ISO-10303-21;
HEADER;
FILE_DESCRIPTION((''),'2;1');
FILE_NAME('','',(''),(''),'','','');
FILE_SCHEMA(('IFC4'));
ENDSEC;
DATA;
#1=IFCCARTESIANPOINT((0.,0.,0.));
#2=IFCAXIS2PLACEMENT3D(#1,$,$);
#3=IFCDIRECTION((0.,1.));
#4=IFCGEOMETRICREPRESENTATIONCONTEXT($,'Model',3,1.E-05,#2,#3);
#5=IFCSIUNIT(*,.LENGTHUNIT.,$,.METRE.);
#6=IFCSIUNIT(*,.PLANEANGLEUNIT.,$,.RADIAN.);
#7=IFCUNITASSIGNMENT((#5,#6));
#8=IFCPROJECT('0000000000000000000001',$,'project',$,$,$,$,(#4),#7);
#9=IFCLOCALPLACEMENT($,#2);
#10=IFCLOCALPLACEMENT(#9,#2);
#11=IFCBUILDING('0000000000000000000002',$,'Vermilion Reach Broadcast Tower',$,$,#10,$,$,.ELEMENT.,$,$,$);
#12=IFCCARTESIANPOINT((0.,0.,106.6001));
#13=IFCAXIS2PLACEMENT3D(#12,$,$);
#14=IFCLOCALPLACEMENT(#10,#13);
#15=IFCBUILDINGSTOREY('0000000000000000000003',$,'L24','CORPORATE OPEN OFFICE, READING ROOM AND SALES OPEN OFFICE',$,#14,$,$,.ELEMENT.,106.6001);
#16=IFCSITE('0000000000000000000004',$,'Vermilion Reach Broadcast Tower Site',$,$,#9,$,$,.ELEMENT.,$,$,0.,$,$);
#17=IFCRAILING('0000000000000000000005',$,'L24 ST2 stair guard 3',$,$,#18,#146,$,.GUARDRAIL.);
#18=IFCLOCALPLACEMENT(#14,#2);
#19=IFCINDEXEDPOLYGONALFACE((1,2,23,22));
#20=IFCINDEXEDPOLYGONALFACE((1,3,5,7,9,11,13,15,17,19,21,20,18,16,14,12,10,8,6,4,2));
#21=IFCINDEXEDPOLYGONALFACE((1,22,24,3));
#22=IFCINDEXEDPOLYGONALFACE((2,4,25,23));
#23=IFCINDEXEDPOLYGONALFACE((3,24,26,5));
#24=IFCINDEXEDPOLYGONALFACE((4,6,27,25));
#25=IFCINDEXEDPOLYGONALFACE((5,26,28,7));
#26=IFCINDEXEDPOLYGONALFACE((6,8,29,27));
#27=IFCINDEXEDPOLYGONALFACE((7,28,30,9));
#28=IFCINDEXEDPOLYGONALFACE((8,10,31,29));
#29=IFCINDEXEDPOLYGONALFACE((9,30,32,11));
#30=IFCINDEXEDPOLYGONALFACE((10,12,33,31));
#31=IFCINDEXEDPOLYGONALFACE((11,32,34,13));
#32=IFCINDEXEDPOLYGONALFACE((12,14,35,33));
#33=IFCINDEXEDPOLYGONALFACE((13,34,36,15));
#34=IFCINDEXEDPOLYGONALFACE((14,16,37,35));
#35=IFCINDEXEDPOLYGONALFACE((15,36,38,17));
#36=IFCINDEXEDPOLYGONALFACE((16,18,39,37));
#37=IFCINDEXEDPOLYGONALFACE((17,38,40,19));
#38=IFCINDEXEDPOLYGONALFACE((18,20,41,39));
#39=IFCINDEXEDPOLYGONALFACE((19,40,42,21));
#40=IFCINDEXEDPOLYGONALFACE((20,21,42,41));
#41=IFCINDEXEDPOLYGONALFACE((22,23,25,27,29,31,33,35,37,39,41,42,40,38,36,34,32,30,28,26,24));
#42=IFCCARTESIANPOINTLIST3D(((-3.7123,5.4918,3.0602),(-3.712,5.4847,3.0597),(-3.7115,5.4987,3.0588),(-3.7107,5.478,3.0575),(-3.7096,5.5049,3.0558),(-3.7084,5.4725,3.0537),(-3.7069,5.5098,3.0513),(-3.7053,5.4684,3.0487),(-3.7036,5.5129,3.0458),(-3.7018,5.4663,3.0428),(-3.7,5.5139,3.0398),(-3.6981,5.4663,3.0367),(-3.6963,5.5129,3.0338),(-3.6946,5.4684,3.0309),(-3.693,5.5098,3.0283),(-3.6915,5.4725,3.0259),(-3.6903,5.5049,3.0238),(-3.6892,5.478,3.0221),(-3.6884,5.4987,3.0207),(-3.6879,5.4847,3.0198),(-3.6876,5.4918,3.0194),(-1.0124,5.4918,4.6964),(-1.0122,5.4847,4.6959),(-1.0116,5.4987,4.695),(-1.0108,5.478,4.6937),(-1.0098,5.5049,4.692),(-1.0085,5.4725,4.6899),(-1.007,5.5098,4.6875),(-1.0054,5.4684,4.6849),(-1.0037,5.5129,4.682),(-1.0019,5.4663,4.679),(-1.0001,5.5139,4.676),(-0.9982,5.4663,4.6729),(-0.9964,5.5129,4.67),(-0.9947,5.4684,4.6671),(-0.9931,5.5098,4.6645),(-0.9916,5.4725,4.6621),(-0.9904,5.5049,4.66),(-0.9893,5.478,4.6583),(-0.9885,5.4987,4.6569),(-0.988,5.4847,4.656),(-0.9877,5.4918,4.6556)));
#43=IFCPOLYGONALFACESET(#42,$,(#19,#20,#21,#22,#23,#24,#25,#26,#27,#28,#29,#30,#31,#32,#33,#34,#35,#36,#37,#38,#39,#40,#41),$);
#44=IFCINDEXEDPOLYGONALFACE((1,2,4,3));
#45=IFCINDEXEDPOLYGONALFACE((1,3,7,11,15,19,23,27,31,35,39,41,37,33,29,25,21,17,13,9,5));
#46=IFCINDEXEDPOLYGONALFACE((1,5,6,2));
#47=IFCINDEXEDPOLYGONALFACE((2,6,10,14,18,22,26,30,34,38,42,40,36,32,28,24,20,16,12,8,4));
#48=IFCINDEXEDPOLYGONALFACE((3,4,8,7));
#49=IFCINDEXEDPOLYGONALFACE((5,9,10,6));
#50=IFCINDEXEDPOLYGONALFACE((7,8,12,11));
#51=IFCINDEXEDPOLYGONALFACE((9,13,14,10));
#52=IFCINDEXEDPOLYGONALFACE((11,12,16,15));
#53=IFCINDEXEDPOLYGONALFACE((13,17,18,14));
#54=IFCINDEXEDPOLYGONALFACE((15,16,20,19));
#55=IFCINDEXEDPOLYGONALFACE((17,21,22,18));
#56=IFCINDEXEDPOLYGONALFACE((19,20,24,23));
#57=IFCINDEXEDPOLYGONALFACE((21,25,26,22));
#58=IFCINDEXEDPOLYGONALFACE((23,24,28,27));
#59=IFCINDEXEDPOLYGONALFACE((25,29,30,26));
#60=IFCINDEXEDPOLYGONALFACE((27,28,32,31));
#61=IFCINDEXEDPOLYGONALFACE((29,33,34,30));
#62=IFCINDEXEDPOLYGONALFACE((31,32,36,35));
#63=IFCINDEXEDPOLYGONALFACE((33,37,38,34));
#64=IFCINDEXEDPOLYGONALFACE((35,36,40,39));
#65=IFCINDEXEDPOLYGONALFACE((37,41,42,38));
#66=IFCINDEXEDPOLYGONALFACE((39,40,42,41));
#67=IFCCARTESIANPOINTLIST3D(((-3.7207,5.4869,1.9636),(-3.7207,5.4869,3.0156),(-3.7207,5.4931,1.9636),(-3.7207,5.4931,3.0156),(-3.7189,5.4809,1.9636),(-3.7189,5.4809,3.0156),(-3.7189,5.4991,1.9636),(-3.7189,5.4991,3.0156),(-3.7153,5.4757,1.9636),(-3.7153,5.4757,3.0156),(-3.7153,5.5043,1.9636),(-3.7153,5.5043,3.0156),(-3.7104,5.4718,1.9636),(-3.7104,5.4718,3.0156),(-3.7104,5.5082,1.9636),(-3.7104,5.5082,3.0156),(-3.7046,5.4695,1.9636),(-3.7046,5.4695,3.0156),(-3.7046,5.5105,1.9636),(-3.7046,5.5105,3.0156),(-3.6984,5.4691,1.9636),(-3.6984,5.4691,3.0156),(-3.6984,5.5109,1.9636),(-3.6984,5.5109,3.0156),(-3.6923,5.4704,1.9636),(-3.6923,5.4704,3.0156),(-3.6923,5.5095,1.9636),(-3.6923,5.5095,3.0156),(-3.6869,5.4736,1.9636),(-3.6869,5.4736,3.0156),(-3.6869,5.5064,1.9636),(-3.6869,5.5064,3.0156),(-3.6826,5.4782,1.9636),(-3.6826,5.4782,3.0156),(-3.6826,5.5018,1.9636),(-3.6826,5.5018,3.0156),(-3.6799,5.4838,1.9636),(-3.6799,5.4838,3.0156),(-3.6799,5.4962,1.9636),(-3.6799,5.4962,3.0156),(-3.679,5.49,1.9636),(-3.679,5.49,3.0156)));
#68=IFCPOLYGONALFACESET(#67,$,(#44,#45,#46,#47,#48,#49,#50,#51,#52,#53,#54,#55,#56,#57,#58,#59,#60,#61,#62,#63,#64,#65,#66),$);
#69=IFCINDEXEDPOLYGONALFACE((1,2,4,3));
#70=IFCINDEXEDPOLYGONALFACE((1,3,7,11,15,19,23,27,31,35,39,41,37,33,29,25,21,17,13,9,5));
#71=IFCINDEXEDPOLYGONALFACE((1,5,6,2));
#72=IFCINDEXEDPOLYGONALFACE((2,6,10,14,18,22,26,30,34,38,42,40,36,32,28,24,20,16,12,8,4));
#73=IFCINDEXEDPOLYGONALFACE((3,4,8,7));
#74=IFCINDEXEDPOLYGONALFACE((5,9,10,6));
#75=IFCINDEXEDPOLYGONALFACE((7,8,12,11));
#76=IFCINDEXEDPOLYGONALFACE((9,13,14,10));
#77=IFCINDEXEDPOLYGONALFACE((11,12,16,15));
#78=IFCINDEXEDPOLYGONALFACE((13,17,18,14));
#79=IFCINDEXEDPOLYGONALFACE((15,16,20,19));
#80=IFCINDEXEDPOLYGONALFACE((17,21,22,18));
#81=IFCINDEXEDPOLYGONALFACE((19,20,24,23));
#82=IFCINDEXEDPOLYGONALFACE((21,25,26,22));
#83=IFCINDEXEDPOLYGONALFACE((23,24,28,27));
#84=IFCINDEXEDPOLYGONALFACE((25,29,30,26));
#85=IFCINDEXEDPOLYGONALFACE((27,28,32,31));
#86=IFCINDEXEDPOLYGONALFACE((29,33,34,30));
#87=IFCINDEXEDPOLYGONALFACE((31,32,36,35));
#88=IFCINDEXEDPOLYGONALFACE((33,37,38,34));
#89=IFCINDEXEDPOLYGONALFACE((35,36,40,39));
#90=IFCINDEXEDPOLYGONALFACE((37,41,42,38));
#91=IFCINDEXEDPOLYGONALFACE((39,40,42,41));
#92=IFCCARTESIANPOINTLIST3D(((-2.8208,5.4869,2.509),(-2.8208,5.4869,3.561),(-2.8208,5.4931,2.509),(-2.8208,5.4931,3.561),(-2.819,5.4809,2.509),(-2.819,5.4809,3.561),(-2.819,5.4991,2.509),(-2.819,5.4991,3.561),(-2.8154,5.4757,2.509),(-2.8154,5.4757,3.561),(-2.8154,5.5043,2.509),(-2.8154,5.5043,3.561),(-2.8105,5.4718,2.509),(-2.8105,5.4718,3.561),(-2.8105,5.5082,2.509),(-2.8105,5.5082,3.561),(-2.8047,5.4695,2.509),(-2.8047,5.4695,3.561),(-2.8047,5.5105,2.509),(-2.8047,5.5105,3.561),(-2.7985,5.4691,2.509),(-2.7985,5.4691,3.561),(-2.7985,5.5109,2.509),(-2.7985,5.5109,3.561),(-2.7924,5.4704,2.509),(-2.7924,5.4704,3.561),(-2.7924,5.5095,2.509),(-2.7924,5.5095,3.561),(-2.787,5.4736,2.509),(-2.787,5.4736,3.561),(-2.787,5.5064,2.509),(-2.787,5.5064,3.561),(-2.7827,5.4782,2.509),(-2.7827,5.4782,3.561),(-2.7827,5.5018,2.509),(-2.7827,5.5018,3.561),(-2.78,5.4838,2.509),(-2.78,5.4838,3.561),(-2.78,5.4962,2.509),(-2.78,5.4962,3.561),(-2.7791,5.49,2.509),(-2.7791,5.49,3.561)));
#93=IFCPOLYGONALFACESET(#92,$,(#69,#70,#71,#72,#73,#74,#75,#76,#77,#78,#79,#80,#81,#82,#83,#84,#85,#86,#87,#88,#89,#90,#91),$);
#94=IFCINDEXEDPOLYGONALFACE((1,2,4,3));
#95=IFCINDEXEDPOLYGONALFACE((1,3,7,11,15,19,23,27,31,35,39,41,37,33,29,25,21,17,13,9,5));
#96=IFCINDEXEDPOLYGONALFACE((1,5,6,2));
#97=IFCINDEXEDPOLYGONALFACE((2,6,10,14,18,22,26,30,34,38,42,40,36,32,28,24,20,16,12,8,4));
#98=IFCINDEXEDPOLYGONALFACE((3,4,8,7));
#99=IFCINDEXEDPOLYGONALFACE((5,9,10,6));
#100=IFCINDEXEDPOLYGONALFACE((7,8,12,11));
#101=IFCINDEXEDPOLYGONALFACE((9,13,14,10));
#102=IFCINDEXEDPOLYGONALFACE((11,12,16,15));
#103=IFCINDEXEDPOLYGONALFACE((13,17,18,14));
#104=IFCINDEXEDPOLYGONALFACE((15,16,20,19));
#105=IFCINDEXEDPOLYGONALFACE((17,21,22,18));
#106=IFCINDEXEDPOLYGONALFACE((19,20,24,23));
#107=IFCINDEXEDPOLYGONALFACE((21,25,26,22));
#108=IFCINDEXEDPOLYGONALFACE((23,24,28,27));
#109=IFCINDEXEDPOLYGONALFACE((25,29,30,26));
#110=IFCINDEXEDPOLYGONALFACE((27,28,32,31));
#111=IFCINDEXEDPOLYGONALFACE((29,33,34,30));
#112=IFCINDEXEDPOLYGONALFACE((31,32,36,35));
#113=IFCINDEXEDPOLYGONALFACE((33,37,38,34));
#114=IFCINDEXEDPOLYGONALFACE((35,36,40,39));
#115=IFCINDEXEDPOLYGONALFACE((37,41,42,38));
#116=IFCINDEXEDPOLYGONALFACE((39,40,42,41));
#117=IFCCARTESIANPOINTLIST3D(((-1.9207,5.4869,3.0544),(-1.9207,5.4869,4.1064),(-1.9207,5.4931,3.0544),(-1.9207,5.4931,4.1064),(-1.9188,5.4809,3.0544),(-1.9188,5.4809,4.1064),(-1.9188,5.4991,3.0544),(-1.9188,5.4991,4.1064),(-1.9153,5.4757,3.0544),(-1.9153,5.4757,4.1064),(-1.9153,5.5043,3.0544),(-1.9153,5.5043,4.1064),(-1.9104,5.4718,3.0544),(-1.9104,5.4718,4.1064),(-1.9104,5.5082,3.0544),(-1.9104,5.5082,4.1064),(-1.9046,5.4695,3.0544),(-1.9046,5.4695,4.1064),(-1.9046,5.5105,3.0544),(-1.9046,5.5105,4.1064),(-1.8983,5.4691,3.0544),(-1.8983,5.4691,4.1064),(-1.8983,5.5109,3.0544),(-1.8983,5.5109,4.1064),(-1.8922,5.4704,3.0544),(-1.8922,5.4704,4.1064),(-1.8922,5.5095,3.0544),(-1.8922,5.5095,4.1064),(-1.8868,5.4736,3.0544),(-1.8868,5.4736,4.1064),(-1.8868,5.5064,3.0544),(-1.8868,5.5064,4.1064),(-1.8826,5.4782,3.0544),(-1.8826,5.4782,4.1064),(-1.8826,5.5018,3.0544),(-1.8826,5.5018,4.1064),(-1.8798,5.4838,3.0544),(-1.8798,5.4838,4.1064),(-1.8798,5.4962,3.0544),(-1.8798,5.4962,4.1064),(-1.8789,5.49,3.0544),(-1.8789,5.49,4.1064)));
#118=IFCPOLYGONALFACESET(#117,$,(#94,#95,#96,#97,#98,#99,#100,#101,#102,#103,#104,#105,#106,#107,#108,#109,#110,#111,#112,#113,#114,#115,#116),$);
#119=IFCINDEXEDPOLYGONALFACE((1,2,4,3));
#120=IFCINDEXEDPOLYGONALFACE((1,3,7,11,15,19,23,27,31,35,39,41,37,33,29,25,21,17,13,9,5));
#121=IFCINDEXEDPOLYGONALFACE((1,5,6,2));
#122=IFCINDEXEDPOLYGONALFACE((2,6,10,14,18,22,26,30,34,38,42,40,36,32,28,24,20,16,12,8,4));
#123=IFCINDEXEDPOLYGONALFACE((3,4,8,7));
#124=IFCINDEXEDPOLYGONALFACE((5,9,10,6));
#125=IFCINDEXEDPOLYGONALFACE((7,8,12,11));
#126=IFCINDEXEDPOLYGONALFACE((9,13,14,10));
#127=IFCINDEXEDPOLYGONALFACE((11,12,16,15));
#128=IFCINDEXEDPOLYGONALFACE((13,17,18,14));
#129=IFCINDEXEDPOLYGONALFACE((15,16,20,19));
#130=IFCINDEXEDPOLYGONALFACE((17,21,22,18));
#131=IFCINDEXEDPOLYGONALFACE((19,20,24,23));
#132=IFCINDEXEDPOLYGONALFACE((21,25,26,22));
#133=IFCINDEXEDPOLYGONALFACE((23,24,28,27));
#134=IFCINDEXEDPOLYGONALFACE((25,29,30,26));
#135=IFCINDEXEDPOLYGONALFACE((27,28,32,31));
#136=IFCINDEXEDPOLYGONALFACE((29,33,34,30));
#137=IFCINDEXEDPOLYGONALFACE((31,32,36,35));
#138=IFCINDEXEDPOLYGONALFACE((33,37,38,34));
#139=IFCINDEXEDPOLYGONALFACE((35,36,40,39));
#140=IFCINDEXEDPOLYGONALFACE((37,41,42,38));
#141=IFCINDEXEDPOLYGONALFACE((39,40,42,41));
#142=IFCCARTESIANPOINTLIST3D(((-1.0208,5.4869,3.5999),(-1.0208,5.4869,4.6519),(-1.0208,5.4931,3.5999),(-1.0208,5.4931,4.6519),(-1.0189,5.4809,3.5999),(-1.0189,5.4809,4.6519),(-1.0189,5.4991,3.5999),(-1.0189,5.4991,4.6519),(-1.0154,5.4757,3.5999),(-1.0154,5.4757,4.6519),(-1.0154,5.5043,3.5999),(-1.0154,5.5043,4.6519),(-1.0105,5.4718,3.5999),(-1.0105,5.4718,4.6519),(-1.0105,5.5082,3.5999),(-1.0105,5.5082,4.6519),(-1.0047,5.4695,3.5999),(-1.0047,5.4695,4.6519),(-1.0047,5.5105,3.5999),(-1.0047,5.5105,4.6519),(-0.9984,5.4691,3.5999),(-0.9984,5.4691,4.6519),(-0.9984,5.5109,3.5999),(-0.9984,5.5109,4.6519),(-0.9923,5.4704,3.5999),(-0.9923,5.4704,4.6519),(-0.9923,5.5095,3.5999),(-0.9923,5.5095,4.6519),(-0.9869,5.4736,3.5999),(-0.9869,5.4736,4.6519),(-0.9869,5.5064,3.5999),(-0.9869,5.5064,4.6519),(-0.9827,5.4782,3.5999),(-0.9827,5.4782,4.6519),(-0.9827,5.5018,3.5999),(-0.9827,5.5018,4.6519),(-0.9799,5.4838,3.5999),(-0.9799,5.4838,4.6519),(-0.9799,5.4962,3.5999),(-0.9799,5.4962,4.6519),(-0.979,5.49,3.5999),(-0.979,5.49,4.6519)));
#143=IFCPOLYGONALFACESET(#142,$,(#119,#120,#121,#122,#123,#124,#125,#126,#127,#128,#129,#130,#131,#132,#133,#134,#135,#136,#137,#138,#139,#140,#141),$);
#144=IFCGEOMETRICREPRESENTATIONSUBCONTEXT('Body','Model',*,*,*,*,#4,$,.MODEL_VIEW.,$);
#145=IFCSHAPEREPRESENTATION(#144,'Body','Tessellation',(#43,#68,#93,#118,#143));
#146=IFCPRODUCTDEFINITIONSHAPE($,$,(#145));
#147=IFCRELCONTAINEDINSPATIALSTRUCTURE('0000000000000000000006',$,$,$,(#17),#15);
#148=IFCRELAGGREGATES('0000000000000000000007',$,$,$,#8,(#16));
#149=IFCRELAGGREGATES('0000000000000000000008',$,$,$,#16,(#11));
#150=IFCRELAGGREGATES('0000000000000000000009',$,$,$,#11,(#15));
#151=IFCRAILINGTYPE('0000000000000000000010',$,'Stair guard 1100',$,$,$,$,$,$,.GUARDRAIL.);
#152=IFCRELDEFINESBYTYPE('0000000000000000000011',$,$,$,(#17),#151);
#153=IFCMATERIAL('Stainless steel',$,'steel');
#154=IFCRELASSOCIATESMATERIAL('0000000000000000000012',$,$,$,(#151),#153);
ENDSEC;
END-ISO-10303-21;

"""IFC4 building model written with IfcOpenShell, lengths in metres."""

from ifc_helpers import new_model, si_unit, direction, frame, origin, origin_2d, place, context, subcontext, project, spatial, circle, extrude, material, type_object, element, save


model = new_model("IFC4")

# Units and contexts
model_context = context("Model", 3, precision=1e-05, world=origin(), true_north=direction((0.0, 1.0)))
body_context = subcontext(model_context, "Body", "Model", "MODEL_VIEW")
ifc_project = project(units=[si_unit("LENGTHUNIT", "METRE"), si_unit("PLANEANGLEUNIT", "RADIAN")], contexts=[model_context])

# Site, building, storey
site_placement = place(None, origin())
site = spatial("IfcSite", under=ifc_project, at=site_placement, Name="Vermilion Reach Broadcast Tower Site", CompositionType="ELEMENT", RefElevation=0.0)
building_placement = place(site_placement, origin())
building = spatial("IfcBuilding", under=site, at=building_placement, Name="Vermilion Reach Broadcast Tower", CompositionType="ELEMENT")
storey_placement = place(building_placement, frame((0.0, 0.0, 106.6001)))
storey = spatial("IfcBuildingStorey", under=building, at=storey_placement, Name="L24", Description="CORPORATE OPEN OFFICE, READING ROOM AND SALES OPEN OFFICE", CompositionType="ELEMENT", Elevation=106.6001)

# Railing
ifc_material_1 = material(Name="Stainless steel", Category="steel")
railing_type_1 = type_object("IfcRailingType", Name="Stair guard 1100", PredefinedType="GUARDRAIL", material=ifc_material_1)
railing_1_placement = place(storey_placement, frame((-3.7, 5.49, 1.9636)))
element("IfcRailing", 1, at=railing_1_placement, inside=storey, type_object=railing_type_1, Name="L24 ST2 stair guard 3", PredefinedType="GUARDRAIL", context=body_context, shape_type="SweptSolid", body=[
    extrude(circle(Radius=0.0239, at=origin_2d()), frame((0.0, 0.0, 1.0762), z_axis=(0.855212, 0.0, 0.518278), x_axis=(0.0, 1.0, 0.0)), (0.0, 0.0, 1.0), 3.157),
    extrude(circle(Radius=0.021, at=origin_2d()), origin(), (0.0, 0.0, 1.0), 1.052),
    extrude(circle(Radius=0.021, at=origin_2d()), frame((0.8999, 0.0, 0.5454)), (0.0, 0.0, 1.0), 1.052),
    extrude(circle(Radius=0.021, at=origin_2d()), frame((1.8, 0.0, 1.0908)), (0.0, 0.0, 1.0), 1.052),
    extrude(circle(Radius=0.021, at=origin_2d()), frame((2.7, 0.0, 1.6362)), (0.0, 0.0, 1.0), 1.052),
])

save(model, "model.ifc")
